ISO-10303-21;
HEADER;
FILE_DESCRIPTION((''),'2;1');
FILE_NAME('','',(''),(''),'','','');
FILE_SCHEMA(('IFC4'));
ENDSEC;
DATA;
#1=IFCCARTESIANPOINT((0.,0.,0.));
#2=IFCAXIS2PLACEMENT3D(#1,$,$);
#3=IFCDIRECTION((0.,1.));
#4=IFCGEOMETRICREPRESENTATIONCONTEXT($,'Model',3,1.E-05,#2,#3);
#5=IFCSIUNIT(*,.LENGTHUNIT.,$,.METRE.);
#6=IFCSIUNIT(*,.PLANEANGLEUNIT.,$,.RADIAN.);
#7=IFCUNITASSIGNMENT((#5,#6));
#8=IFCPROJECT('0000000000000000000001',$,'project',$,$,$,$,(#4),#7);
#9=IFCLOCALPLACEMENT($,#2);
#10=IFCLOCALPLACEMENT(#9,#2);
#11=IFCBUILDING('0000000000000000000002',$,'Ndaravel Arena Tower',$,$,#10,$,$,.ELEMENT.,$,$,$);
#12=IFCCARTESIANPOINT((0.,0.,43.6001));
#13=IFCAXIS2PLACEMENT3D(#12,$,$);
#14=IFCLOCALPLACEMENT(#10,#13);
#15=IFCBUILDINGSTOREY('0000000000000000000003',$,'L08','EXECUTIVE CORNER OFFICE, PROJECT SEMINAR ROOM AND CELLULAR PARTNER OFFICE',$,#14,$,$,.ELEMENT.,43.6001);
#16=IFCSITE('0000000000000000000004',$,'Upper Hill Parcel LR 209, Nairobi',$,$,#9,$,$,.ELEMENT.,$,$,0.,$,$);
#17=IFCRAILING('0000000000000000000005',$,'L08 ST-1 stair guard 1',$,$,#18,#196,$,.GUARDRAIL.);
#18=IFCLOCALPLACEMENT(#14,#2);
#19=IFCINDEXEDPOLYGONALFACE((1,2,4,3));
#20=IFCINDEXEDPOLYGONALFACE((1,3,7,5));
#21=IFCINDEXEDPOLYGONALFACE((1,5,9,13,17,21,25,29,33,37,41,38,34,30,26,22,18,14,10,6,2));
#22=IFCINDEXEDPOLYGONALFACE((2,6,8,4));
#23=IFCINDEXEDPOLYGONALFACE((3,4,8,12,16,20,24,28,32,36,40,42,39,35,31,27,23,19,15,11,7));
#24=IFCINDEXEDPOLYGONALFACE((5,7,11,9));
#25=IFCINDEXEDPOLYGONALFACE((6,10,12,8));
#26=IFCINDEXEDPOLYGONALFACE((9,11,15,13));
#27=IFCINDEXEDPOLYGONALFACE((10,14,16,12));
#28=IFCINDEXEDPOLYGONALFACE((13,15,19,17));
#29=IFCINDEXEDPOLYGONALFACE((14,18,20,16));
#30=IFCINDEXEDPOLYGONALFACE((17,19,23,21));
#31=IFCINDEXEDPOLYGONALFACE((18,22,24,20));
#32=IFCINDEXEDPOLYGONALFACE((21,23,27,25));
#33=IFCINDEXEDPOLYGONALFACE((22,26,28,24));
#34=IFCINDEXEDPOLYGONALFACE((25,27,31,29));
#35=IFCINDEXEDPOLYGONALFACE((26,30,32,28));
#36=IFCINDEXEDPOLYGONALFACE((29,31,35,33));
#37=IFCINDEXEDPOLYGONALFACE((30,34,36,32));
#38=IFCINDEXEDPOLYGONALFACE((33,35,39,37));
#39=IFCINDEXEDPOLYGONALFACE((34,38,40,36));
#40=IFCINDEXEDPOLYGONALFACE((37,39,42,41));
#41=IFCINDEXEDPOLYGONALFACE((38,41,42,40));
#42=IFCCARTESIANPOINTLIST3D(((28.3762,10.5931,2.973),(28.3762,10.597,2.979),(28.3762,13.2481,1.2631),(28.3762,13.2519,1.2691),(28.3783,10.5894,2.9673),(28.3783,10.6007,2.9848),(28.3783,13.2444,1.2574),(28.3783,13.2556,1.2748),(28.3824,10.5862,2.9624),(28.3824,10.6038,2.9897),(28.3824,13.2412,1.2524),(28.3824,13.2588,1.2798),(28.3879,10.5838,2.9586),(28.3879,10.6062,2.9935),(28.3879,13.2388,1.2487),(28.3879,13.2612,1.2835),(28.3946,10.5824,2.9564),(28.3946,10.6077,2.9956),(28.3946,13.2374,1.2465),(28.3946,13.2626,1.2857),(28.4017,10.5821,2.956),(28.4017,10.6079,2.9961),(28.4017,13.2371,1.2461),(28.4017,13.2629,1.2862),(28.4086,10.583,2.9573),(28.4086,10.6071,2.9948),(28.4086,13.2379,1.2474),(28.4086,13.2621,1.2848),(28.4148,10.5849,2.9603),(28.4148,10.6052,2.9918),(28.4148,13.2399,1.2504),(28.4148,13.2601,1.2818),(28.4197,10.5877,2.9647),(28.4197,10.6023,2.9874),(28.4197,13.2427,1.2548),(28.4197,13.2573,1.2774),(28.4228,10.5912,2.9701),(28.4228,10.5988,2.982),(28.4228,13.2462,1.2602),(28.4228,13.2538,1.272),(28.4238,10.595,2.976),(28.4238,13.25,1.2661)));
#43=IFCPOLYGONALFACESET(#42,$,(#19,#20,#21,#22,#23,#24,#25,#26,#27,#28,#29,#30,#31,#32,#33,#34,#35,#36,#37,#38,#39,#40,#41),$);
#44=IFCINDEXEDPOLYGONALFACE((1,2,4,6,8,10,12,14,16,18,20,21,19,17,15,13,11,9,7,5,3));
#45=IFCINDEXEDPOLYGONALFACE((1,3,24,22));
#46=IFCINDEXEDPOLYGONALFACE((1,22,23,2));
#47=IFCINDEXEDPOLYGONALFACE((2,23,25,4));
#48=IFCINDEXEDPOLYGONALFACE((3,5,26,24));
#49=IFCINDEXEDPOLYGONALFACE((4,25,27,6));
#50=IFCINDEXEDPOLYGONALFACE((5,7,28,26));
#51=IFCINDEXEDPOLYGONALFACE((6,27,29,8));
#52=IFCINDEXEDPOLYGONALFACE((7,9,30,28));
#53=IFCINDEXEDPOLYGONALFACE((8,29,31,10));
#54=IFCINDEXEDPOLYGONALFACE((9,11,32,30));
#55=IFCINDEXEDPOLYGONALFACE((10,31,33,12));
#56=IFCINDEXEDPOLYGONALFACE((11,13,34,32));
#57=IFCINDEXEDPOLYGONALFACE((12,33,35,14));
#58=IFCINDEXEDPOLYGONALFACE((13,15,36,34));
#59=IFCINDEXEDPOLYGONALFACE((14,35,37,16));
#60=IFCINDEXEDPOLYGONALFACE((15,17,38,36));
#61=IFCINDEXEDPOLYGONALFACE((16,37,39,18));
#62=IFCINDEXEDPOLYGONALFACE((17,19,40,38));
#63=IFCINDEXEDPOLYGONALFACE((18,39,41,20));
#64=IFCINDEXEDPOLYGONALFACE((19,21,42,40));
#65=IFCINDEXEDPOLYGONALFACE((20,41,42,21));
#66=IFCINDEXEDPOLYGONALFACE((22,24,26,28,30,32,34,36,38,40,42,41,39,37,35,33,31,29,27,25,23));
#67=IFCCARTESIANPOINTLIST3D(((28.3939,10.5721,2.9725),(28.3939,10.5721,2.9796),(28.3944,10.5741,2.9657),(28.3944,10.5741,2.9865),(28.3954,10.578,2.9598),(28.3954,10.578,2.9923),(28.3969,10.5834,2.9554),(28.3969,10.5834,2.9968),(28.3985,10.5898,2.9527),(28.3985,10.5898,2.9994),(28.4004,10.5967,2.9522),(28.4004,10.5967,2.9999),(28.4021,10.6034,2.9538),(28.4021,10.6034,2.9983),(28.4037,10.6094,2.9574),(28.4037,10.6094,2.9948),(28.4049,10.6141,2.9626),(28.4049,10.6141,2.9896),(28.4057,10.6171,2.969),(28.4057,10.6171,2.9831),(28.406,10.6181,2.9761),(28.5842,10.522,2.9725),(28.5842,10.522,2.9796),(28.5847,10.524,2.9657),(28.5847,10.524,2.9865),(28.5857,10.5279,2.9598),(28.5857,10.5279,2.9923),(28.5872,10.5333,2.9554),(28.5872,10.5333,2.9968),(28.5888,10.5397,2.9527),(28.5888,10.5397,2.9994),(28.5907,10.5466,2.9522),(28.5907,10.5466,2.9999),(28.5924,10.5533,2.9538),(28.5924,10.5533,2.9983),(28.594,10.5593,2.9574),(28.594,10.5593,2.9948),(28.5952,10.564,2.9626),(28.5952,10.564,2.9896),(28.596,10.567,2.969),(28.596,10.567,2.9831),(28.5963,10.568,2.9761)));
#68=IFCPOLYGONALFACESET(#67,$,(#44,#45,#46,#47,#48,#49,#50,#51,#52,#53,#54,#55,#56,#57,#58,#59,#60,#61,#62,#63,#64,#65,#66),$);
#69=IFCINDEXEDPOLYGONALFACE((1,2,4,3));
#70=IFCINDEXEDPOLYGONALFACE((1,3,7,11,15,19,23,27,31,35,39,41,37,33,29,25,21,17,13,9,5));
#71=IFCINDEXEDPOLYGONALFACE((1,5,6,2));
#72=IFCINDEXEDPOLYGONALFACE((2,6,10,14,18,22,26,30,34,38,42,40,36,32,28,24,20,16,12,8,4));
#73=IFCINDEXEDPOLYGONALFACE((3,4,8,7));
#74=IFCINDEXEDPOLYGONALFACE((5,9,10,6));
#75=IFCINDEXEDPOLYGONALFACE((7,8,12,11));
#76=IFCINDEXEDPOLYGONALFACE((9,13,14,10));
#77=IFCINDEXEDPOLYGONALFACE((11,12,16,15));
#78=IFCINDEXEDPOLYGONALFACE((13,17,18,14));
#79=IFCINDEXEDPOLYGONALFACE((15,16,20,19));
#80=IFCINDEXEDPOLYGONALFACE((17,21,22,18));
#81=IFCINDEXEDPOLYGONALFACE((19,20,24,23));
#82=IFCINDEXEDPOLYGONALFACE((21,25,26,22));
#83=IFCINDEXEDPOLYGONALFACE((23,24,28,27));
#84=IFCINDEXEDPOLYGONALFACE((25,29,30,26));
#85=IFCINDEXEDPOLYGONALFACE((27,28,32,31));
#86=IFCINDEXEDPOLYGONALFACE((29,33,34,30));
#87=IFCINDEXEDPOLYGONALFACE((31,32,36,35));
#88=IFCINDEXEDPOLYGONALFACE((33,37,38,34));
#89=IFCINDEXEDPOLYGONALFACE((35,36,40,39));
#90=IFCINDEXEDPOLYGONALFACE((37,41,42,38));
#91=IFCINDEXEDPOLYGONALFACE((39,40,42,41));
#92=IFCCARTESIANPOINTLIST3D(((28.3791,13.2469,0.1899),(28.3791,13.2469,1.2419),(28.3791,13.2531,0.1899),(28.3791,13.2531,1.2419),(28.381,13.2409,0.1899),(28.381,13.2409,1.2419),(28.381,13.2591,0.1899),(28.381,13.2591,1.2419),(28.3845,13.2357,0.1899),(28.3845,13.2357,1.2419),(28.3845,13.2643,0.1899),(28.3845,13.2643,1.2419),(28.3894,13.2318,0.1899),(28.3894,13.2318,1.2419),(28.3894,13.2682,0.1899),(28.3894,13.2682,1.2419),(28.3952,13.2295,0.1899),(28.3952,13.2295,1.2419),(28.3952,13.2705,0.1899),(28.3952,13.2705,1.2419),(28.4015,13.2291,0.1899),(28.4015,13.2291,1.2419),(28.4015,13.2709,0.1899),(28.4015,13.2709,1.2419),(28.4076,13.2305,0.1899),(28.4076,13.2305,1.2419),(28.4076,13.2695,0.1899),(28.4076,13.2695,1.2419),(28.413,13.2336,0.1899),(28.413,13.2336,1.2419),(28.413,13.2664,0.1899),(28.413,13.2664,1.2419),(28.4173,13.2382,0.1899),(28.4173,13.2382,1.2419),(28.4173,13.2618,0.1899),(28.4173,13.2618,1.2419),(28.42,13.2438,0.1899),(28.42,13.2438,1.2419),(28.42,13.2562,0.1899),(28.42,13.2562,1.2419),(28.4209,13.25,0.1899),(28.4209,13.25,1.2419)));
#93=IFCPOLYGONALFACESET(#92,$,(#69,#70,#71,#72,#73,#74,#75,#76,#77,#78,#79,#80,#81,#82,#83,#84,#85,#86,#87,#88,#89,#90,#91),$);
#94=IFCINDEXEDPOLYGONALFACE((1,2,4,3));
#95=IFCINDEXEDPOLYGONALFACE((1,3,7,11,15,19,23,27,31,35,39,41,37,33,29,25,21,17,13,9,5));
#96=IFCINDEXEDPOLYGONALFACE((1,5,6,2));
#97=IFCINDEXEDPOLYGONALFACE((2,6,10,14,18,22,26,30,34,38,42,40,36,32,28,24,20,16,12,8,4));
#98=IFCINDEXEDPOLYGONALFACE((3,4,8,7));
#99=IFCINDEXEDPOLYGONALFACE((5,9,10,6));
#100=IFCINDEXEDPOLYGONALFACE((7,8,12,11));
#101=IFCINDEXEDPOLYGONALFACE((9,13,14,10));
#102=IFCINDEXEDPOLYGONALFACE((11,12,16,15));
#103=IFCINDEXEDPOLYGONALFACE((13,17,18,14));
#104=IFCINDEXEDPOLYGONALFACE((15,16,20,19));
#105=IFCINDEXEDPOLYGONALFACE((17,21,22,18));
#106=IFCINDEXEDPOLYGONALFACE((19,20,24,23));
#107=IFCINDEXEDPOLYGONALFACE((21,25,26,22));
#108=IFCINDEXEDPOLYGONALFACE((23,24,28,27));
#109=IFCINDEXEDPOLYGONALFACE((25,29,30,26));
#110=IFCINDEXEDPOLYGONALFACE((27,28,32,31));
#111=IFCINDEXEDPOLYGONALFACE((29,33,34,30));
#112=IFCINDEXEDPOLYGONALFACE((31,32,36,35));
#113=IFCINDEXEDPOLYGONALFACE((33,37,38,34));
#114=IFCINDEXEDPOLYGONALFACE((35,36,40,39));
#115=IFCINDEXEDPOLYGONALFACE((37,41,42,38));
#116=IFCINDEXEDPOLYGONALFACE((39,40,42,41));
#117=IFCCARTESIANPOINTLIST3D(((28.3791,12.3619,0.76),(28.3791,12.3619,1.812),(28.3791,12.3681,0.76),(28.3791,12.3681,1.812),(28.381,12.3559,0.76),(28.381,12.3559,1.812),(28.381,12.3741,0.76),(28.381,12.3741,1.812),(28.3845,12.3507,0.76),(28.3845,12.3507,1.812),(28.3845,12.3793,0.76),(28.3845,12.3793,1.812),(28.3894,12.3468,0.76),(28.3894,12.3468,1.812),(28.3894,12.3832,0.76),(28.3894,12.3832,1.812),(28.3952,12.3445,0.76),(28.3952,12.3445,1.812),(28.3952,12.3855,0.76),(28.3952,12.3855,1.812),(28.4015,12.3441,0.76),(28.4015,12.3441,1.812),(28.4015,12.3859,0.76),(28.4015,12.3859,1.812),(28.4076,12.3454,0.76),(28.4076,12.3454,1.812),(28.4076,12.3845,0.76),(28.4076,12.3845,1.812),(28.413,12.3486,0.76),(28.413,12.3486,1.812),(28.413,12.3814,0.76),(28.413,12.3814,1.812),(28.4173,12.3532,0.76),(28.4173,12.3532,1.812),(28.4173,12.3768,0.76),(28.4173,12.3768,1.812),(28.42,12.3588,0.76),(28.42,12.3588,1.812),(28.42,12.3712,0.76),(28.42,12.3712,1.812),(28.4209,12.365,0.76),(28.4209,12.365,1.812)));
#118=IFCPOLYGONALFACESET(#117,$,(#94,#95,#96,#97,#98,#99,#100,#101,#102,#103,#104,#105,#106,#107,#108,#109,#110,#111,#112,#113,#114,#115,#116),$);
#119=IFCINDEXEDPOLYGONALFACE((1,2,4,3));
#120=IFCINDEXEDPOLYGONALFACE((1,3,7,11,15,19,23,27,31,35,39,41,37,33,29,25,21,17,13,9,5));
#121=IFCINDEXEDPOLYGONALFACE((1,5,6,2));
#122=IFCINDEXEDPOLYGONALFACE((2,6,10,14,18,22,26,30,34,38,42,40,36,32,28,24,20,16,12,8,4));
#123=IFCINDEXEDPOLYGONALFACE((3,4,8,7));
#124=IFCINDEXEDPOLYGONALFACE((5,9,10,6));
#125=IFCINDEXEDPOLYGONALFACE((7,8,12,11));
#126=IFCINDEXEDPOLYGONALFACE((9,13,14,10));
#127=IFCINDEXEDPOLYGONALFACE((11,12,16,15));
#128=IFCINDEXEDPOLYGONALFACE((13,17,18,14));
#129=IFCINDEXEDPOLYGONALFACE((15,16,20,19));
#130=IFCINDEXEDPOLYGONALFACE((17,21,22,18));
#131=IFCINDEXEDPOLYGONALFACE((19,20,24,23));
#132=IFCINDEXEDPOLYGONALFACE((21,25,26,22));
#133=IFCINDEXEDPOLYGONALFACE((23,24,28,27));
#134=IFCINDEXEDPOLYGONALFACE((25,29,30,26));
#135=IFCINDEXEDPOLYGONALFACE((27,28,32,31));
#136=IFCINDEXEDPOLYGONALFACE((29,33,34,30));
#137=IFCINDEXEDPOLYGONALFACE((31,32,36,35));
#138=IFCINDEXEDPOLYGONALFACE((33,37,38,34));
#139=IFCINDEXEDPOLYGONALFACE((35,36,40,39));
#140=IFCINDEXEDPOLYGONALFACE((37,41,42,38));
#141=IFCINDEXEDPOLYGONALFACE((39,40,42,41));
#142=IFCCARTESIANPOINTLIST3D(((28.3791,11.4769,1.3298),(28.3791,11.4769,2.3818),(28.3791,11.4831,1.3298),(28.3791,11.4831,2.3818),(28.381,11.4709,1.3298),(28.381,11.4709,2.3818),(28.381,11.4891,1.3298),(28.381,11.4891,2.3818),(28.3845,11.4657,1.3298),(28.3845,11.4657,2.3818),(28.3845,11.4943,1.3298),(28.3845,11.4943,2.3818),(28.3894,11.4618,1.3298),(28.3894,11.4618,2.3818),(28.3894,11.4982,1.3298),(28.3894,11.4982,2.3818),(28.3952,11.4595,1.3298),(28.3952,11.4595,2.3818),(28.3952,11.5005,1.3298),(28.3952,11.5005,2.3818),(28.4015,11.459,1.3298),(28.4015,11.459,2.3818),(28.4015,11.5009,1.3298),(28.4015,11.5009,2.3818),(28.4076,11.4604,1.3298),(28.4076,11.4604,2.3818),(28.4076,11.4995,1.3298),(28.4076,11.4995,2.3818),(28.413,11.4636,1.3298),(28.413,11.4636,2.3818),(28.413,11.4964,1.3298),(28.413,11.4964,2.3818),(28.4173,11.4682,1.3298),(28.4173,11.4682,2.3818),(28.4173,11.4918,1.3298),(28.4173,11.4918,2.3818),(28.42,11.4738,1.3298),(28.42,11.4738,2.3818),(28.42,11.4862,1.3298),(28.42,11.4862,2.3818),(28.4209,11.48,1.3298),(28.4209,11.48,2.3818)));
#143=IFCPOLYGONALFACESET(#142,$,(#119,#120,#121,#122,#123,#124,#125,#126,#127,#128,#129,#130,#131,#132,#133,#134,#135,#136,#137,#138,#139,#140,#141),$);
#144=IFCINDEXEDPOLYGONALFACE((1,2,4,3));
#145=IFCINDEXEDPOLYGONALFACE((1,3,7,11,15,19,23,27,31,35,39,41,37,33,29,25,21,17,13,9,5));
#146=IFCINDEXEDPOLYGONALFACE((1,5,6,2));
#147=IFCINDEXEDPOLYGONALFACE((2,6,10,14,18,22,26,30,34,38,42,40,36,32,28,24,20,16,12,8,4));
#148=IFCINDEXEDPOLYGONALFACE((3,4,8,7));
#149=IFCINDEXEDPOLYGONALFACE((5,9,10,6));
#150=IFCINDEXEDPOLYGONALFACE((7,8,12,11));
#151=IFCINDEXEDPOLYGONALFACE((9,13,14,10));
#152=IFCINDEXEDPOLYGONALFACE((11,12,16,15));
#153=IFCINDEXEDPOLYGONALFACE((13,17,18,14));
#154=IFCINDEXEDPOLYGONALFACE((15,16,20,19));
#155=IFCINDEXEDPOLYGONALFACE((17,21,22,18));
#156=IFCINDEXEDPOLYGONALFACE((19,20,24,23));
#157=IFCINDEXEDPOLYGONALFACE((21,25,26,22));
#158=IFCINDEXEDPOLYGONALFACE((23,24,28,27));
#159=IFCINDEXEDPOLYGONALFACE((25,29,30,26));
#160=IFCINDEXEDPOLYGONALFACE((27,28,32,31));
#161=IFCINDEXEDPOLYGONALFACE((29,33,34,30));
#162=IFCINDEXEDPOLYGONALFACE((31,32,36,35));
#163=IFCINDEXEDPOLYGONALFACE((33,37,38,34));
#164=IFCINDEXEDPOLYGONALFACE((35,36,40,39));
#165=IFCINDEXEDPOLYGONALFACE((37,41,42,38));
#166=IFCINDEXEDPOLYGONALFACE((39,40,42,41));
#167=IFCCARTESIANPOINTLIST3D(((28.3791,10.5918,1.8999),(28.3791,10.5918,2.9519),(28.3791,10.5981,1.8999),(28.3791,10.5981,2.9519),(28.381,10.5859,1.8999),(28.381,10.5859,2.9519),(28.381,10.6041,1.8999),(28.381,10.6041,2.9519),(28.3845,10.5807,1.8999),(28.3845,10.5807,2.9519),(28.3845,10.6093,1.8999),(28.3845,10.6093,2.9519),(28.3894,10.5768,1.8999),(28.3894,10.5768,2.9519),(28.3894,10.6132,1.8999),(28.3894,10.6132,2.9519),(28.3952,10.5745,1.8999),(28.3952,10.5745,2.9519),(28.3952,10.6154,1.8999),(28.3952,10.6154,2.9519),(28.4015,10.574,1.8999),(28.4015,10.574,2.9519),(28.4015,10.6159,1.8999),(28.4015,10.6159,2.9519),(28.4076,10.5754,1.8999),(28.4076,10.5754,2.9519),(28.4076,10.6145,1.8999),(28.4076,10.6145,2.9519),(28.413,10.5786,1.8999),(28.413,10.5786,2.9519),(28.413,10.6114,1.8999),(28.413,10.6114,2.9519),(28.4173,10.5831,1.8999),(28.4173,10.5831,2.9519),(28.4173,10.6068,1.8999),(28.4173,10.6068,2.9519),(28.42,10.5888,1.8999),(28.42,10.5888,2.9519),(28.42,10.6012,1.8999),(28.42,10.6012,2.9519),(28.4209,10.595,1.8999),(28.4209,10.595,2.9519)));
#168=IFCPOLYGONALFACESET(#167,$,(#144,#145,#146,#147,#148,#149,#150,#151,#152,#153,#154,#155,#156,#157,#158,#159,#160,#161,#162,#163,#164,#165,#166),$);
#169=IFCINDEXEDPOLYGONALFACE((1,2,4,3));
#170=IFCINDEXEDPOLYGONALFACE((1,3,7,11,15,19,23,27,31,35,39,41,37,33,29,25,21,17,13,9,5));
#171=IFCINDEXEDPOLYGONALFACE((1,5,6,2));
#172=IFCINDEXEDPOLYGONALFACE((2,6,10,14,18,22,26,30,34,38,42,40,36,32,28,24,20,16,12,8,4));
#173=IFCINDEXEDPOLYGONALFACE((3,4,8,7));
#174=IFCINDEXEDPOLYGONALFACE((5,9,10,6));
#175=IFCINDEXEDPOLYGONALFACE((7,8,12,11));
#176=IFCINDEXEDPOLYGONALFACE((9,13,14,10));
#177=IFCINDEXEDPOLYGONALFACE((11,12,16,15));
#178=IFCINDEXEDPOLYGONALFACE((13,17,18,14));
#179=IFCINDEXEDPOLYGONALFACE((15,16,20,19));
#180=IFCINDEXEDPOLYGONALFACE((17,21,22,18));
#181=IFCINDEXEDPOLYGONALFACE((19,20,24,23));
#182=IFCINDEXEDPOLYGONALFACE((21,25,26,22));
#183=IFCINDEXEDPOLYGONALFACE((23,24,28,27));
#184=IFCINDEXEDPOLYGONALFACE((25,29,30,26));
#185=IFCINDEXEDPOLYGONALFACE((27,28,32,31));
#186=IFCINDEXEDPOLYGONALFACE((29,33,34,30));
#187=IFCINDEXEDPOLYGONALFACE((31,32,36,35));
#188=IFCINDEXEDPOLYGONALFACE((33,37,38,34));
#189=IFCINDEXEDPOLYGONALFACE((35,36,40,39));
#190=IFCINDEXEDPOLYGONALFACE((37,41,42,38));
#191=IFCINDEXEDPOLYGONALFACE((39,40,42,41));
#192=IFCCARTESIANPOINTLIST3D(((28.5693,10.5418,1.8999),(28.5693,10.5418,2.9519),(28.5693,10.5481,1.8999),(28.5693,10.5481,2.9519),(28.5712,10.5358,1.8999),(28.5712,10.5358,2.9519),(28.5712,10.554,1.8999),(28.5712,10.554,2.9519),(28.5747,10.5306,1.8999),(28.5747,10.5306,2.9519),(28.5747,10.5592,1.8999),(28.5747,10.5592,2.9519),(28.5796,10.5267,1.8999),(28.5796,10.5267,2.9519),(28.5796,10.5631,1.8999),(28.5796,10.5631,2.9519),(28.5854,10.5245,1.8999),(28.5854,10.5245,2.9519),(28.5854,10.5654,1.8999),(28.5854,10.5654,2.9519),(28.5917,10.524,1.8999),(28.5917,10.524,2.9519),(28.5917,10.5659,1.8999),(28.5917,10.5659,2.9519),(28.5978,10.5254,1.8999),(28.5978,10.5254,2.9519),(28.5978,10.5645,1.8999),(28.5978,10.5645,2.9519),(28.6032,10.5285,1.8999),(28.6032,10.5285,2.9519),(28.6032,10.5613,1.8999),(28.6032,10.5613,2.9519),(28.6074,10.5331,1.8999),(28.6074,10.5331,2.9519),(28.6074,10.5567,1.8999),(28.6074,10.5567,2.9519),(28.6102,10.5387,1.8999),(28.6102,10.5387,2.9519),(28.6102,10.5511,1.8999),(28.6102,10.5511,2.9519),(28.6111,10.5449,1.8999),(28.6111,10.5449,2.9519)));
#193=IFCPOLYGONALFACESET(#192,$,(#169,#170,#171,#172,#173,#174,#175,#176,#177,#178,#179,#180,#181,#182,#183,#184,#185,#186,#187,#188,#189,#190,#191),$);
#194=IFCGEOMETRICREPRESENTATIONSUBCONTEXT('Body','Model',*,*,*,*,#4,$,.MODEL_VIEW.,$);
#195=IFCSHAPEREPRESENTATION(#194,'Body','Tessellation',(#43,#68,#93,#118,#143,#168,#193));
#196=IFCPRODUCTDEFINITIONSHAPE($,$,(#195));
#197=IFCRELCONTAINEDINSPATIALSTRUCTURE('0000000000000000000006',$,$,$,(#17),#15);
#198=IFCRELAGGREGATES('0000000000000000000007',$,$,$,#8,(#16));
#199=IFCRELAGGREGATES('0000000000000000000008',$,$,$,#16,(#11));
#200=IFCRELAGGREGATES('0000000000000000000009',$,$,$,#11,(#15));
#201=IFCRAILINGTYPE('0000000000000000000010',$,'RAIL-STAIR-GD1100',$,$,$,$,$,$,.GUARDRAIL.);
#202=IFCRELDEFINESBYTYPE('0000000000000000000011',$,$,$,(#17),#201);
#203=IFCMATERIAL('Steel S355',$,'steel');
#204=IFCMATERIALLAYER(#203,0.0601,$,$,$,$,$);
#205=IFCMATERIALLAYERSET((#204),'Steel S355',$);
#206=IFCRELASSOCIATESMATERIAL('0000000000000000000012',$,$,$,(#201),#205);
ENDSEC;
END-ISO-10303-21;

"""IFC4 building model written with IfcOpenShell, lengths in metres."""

from ifc_helpers import new_model, si_unit, direction, frame, origin, origin_2d, place, context, subcontext, project, spatial, circle, extrude, material, layer, layer_set, type_object, element, save


model = new_model("IFC4")

# Units and contexts
model_context = context("Model", 3, precision=1e-05, world=origin(), true_north=direction((0.0, 1.0)))
body_context = subcontext(model_context, "Body", "Model", "MODEL_VIEW")
ifc_project = project(units=[si_unit("LENGTHUNIT", "METRE"), si_unit("PLANEANGLEUNIT", "RADIAN")], contexts=[model_context])

# Site, building, storey
site_placement = place(None, origin())
site = spatial("IfcSite", under=ifc_project, at=site_placement, Name="Upper Hill Parcel LR 209, Nairobi", CompositionType="ELEMENT", RefElevation=0.0)
building_placement = place(site_placement, origin())
building = spatial("IfcBuilding", under=site, at=building_placement, Name="Ndaravel Arena Tower", CompositionType="ELEMENT")
storey_placement = place(building_placement, frame((0.0, 0.0, 43.6001)))
storey = spatial("IfcBuildingStorey", under=building, at=storey_placement, Name="L08", Description="EXECUTIVE CORNER OFFICE, PROJECT SEMINAR ROOM AND CELLULAR PARTNER OFFICE", CompositionType="ELEMENT", Elevation=43.6001)

# Railing
ifc_material_1 = material(Name="Steel S355", Category="steel")
ifc_layer_1 = layer(ifc_material_1, 0.0601)
ifc_layer_set_1 = layer_set([ifc_layer_1], Name="Steel S355")
railing_type_1 = type_object("IfcRailingType", Name="RAIL-STAIR-GD1100", PredefinedType="GUARDRAIL", material=ifc_layer_set_1)
railing_1_placement = place(storey_placement, frame((28.3999, 13.25, 0.1899)))
element("IfcRailing", 1, at=railing_1_placement, inside=storey, type_object=railing_type_1, Name="L08 ST-1 stair guard 1", PredefinedType="GUARDRAIL", context=body_context, shape_type="SweptSolid", body=[
    extrude(circle(Radius=0.0239, at=origin_2d()), frame((0.0, 0.0, 1.0762), z_axis=(0.0, -0.840724, 0.541465), x_axis=(1.0, 0.0, 0.0)), (0.0, 0.0, 1.0), 3.158),
    extrude(circle(Radius=0.0239, at=origin_2d()), frame((0.0, -2.655, 2.7861), z_axis=(0.967075, -0.254493, 0.0), x_axis=(0.254493, 0.967075, 0.0)), (0.0, 0.0, 1.0), 0.1968),
    extrude(circle(Radius=0.021, at=origin_2d()), origin(), (0.0, 0.0, 1.0), 1.052),
    extrude(circle(Radius=0.021, at=origin_2d()), frame((0.0, -0.885, 0.5701)), (0.0, 0.0, 1.0), 1.052),
    extrude(circle(Radius=0.021, at=origin_2d()), frame((0.0, -1.77, 1.1399)), (0.0, 0.0, 1.0), 1.052),
    extrude(circle(Radius=0.021, at=origin_2d()), frame((0.0, -2.655, 1.71)), (0.0, 0.0, 1.0), 1.052),
    extrude(circle(Radius=0.021, at=origin_2d()), frame((0.1902, -2.7051, 1.71)), (0.0, 0.0, 1.0), 1.052),
])

save(model, "model.ifc")
